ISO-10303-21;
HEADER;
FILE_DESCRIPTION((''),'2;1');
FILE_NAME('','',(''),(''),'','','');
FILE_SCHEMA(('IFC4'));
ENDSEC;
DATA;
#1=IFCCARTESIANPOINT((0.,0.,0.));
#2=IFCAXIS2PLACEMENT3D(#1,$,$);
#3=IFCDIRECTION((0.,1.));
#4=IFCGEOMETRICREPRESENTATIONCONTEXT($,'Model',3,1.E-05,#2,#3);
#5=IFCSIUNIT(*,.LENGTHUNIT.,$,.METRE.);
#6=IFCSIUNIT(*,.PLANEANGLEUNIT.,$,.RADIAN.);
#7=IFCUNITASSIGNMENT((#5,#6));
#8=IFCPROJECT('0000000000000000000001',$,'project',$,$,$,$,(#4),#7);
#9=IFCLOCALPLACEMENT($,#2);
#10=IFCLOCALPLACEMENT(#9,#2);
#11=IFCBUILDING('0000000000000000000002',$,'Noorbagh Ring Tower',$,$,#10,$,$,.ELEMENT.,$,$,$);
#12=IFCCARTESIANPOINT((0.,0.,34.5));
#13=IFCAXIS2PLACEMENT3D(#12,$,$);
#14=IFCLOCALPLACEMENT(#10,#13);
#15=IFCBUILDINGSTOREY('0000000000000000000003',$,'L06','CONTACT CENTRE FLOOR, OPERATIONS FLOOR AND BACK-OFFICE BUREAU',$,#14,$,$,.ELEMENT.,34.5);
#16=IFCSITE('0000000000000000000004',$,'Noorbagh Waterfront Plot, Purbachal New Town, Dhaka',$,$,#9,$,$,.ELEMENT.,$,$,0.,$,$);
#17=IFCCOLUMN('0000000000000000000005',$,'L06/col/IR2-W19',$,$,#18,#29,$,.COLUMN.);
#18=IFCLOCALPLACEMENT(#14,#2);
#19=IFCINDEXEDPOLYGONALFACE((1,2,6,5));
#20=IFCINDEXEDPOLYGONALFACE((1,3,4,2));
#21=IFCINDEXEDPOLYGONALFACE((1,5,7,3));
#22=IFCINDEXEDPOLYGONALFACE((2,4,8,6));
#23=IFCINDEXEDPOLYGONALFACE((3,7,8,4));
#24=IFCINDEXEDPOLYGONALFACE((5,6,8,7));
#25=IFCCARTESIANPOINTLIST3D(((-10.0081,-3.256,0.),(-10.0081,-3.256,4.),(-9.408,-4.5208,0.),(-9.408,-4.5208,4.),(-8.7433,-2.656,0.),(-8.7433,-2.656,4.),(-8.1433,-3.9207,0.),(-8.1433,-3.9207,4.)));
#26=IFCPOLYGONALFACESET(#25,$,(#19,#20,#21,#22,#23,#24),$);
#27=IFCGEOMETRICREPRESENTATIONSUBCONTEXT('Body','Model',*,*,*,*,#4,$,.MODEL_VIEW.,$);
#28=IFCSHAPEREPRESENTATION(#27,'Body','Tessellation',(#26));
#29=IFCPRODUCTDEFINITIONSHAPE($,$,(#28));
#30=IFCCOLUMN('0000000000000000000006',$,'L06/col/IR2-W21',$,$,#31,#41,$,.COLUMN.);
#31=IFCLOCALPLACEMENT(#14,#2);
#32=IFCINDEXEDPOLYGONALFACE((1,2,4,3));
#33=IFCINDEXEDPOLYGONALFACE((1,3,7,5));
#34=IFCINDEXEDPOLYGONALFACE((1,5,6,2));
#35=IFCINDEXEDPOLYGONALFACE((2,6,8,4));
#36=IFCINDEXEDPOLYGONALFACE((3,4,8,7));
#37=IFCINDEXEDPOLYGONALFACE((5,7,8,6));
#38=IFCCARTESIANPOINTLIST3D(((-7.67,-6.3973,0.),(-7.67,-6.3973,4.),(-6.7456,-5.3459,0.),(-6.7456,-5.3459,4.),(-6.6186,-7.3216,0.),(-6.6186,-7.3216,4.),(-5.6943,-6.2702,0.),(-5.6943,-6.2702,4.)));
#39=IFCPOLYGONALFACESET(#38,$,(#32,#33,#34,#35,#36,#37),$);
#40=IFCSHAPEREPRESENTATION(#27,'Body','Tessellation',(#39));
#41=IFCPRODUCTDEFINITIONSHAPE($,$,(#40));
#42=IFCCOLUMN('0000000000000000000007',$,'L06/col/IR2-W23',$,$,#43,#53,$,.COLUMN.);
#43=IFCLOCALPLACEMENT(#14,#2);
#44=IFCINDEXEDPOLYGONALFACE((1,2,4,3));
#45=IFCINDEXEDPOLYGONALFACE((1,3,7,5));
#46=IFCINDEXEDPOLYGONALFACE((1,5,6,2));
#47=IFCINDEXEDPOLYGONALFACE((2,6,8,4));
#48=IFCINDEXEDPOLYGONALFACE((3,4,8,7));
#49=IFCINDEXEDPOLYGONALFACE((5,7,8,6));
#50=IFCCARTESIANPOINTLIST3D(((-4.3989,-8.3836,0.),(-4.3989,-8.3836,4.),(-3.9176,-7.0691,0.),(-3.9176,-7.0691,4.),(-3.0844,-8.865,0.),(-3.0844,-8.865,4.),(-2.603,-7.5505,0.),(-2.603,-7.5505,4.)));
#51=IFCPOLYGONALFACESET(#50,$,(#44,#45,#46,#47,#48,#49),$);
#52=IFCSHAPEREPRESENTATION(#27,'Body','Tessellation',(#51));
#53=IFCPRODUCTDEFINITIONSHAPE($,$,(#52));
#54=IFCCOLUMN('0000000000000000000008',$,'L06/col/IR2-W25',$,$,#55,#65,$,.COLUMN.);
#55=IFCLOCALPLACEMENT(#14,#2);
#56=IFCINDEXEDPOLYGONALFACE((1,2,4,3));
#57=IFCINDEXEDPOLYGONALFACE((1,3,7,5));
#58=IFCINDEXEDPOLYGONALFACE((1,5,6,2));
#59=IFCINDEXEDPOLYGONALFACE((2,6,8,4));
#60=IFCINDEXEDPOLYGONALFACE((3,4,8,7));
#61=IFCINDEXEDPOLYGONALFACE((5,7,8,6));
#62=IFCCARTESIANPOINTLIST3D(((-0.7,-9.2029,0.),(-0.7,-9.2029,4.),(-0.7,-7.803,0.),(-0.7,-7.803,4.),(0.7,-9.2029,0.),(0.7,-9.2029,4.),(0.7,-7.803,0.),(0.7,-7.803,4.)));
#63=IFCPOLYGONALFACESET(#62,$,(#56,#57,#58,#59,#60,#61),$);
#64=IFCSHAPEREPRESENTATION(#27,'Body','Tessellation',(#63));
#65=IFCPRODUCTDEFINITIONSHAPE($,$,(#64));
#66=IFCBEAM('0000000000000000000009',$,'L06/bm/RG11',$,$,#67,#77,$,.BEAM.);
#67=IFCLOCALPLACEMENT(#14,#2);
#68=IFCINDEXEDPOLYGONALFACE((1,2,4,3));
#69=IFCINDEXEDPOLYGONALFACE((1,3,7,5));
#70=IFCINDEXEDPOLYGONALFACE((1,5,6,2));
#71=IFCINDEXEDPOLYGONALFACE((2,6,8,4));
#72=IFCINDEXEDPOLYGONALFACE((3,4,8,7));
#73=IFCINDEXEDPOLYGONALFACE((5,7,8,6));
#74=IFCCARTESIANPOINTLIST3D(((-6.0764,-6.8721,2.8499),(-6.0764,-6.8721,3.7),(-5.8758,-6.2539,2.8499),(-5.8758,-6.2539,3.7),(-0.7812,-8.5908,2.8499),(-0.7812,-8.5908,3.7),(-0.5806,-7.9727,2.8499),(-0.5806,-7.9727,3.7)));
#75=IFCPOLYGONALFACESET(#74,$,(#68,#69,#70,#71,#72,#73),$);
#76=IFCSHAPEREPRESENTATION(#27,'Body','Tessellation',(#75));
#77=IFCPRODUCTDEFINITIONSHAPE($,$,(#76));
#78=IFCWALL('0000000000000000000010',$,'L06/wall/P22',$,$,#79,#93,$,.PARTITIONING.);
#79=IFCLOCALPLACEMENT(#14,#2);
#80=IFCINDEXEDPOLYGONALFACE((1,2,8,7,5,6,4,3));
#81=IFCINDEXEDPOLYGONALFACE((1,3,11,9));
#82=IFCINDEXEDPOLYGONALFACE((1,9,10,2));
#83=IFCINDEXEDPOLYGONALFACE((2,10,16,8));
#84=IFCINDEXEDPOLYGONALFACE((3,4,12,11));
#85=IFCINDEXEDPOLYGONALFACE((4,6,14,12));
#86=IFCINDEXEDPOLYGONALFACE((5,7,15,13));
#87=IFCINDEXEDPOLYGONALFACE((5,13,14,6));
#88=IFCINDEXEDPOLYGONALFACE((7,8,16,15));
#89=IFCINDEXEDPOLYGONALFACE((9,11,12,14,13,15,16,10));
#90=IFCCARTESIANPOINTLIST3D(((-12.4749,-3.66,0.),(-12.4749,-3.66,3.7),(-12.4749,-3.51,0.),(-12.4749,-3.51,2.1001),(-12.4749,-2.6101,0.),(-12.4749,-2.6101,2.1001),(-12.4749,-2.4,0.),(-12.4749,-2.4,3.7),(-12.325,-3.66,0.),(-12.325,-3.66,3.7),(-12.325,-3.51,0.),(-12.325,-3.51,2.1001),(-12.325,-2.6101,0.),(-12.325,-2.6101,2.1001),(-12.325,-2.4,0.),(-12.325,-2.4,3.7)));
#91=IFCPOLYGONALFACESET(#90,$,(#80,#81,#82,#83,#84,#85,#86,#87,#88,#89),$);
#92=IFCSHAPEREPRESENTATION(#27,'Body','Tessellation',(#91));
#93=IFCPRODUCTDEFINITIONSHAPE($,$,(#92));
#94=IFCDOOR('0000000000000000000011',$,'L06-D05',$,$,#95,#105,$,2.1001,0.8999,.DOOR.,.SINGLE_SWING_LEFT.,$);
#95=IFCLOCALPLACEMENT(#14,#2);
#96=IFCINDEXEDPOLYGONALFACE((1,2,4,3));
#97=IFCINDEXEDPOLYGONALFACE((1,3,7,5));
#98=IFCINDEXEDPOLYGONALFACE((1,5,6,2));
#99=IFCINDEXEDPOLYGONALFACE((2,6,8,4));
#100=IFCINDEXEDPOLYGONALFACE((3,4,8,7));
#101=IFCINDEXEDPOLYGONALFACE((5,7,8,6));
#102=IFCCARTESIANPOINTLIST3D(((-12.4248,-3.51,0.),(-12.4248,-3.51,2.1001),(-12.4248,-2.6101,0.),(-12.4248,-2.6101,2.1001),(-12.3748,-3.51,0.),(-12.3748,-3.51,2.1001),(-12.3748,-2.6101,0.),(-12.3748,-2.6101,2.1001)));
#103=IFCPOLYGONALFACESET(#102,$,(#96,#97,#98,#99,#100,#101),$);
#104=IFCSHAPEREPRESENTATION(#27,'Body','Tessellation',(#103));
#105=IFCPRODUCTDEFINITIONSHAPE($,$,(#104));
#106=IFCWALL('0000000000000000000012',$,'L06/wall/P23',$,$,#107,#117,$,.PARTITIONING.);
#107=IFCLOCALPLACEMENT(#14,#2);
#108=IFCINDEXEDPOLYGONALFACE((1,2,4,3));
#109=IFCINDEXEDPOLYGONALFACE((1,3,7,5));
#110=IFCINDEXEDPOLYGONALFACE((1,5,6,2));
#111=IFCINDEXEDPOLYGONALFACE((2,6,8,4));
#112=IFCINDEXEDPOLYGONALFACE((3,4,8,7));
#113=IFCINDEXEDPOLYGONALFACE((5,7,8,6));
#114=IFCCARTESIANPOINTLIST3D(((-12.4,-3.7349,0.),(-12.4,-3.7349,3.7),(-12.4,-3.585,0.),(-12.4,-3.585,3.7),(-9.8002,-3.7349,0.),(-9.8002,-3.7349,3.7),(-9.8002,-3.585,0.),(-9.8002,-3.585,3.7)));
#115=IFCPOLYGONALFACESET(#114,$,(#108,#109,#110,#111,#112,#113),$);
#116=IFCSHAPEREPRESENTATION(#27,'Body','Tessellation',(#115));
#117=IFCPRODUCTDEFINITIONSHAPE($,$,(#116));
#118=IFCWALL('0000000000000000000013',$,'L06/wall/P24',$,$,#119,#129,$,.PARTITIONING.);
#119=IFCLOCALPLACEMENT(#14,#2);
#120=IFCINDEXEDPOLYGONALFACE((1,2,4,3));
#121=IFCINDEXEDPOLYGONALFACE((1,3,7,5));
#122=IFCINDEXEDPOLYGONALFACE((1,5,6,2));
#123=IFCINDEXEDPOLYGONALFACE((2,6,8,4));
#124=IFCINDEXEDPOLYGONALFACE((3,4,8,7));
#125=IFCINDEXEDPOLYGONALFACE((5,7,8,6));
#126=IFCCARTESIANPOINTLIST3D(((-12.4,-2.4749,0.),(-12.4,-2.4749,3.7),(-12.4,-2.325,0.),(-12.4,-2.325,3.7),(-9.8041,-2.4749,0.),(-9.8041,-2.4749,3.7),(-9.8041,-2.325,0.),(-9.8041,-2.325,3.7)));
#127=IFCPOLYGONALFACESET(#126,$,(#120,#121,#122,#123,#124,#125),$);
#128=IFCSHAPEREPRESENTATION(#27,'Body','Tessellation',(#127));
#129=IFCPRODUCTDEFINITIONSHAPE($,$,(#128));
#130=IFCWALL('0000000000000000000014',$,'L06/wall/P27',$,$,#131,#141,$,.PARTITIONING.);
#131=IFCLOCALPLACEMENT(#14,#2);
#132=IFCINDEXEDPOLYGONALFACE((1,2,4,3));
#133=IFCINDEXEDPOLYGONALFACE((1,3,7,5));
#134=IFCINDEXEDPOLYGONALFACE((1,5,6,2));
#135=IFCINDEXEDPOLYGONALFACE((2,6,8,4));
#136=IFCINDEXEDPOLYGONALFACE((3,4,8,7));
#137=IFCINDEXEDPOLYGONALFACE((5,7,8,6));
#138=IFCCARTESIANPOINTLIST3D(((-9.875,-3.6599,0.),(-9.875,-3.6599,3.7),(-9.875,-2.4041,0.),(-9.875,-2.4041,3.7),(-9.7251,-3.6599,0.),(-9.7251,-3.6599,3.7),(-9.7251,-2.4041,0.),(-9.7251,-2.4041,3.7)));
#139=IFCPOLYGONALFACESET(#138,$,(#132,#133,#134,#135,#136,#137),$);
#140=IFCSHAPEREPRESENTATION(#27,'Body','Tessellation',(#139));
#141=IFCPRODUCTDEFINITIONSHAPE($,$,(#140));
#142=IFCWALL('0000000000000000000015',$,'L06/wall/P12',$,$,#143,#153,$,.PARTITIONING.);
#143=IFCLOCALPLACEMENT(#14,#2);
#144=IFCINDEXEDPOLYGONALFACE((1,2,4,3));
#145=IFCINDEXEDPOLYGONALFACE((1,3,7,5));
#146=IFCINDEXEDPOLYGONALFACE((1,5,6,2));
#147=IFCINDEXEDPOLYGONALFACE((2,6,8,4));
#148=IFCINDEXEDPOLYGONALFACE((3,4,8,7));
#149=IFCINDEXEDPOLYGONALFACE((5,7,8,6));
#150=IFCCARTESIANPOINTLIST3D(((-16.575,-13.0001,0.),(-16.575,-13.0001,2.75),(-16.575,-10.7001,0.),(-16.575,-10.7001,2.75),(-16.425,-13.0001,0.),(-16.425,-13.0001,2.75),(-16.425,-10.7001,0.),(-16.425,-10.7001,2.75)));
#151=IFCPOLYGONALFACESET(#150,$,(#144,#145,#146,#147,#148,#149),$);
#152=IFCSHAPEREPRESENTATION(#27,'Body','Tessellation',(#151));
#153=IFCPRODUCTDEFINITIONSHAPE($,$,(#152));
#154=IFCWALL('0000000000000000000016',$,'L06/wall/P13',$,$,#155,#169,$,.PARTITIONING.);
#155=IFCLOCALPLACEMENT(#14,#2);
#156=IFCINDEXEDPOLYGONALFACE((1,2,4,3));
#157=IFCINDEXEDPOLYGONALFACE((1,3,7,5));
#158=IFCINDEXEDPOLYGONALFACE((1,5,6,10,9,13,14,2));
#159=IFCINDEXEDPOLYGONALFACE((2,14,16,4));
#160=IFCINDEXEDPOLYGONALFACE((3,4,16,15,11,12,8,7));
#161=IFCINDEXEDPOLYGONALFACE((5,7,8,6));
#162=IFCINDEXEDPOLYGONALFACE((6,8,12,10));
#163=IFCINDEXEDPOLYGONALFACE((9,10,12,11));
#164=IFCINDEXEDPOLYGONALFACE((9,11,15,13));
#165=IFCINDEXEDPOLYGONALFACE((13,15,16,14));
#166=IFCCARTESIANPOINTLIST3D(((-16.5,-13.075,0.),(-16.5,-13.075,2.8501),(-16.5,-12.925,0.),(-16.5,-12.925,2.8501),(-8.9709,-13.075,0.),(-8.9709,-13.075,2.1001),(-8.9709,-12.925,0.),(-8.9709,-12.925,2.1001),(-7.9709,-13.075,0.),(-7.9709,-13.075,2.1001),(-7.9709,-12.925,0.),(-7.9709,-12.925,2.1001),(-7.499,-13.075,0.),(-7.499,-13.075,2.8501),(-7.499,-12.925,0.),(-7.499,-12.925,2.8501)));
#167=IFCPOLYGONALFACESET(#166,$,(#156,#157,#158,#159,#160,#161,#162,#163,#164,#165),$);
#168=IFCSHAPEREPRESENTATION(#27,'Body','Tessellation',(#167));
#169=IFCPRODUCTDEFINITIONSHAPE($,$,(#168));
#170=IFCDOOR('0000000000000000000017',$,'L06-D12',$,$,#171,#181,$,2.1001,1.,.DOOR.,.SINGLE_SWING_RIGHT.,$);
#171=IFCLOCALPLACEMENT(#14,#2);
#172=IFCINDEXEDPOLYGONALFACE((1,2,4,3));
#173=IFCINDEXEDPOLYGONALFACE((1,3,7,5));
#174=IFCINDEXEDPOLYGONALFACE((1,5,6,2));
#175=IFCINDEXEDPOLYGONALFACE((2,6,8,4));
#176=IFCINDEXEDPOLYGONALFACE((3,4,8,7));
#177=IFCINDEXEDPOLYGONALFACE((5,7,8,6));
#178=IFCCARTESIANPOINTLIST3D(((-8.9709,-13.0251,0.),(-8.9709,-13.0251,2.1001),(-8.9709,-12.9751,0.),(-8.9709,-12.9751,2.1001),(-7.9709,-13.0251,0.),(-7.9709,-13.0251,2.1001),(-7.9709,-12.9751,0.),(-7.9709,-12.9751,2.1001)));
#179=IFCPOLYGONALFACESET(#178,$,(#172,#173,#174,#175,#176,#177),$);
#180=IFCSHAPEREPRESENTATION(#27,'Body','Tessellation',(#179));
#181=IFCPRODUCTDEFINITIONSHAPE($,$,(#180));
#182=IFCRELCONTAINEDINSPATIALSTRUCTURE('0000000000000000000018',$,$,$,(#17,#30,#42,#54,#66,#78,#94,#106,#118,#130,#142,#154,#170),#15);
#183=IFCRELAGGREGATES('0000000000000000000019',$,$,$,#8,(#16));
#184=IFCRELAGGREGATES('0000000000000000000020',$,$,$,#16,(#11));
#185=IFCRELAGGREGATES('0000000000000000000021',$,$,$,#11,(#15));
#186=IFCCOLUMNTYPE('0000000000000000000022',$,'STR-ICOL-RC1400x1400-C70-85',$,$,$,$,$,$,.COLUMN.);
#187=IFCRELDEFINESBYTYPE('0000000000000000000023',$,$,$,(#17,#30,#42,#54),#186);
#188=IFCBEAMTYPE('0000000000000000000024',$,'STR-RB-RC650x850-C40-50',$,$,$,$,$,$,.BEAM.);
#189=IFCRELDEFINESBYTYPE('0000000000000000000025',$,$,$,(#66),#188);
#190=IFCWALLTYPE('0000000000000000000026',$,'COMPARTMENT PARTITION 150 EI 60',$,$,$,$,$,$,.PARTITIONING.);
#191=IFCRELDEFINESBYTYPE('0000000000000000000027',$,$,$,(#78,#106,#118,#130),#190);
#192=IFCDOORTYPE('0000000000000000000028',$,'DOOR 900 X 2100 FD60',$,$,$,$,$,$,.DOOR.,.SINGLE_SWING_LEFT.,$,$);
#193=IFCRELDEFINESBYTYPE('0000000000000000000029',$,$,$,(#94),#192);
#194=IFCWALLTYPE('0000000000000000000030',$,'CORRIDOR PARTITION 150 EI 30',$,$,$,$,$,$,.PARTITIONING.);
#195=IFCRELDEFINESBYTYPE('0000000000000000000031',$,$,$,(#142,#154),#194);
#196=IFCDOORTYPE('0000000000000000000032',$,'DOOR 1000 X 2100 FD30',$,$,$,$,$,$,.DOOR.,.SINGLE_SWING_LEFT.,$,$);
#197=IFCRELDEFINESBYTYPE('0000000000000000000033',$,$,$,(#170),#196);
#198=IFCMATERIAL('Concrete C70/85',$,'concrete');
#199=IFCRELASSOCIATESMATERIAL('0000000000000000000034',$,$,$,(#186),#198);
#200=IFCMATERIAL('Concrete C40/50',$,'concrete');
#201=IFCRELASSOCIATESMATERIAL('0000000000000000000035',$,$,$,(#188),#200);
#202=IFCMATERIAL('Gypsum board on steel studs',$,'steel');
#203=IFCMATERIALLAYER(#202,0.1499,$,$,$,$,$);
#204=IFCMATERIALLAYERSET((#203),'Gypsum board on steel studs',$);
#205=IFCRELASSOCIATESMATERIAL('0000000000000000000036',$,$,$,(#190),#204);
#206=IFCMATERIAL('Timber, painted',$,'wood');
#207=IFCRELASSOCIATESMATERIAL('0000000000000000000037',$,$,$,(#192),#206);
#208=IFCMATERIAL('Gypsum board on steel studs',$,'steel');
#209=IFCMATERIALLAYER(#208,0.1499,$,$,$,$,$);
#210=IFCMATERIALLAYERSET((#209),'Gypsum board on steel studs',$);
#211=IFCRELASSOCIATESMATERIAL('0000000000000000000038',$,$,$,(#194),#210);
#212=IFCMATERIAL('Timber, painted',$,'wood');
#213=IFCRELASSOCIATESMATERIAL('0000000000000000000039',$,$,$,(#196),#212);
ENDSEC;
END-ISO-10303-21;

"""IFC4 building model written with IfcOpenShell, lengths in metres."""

from ifc_helpers import new_model, si_unit, direction, frame, frame_2d, origin, origin_2d, place, context, subcontext, project, spatial, rectangle, extrude, material, layer, layer_set, material_profile, profile_set, type_object, element, fill, save


model = new_model("IFC4")

# Units and contexts
model_context = context("Model", 3, precision=1e-05, world=origin(), true_north=direction((0.0, 1.0)))
body_context = subcontext(model_context, "Body", "Model", "MODEL_VIEW")
ifc_project = project(units=[si_unit("LENGTHUNIT", "METRE"), si_unit("PLANEANGLEUNIT", "RADIAN")], contexts=[model_context])

# Site, building, storey
site_placement = place(None, origin())
site = spatial("IfcSite", under=ifc_project, at=site_placement, Name="Noorbagh Waterfront Plot, Purbachal New Town, Dhaka", CompositionType="ELEMENT", RefElevation=0.0)
building_placement = place(site_placement, origin())
building = spatial("IfcBuilding", under=site, at=building_placement, Name="Noorbagh Ring Tower", CompositionType="ELEMENT")
storey_placement = place(building_placement, frame((0.0, 0.0, 34.5)))
storey = spatial("IfcBuildingStorey", under=building, at=storey_placement, Name="L06", Description="CONTACT CENTRE FLOOR, OPERATIONS FLOOR AND BACK-OFFICE BUREAU", CompositionType="ELEMENT", Elevation=34.5)

# Columns
ifc_material_1 = material(Name="Concrete C70/85", Category="concrete")
ifc_material_profile_1 = material_profile(ifc_material_1, rectangle(XDim=1.3999, YDim=1.3999, at=origin_2d()), Name="RC1400x1400")
ifc_profile_set_1 = profile_set([ifc_material_profile_1], Name="Concrete C70/85")
column_type = type_object("IfcColumnType", Name="STR-ICOL-RC1400x1400-C70-85", PredefinedType="COLUMN", material=ifc_profile_set_1)
for number, where, z_axis, x_axis, name in (
    (1, (-9.0757, -3.5884, 0.0), (0.0, 0.0, 1.0), (0.428667, -0.903463, 0.0), "L06/col/IR2-W19"),
    (2, (-6.6821, -6.3337, 0.0), (0.0, 0.0, 1.0), (0.751022, -0.660277, 0.0), "L06/col/IR2-W21"),
    (3, (-3.501, -7.967, 0.0), (0.0, 0.0, 1.0), (0.93902, -0.343864, 0.0), "L06/col/IR2-W23"),
    (4, (0.0, -8.5029, 0.0), (0.0, 0.0, 1.0), (1.0, 0.0, 0.0), "L06/col/IR2-W25"),
):
    element("IfcColumn", number, at=place(storey_placement, frame(where, z_axis=z_axis, x_axis=x_axis)), inside=storey, type_object=column_type, Name=name, PredefinedType="COLUMN", context=body_context, shape_type="SweptSolid", body=[
        extrude(rectangle(XDim=1.3999, YDim=1.3999, at=origin_2d()), origin(), (0.0, 0.0, 1.0), 4.0),
    ])

# Beam
ifc_material_2 = material(Name="Concrete C40/50", Category="concrete")
ifc_material_profile_2 = material_profile(ifc_material_2, rectangle(XDim=0.6499, YDim=0.8501, at=origin_2d()), Name="RC650x850")
ifc_profile_set_2 = profile_set([ifc_material_profile_2], Name="Concrete C40/50")
beam_type = type_object("IfcBeamType", Name="STR-RB-RC650x850-C40-50", PredefinedType="BEAM", material=ifc_profile_set_2)
beam_placement = place(storey_placement, frame((-5.9761, -6.563, 3.2749), z_axis=(0.951149, -0.308732, 0.0), x_axis=(0.308732, 0.951149, 0.0)))
element("IfcBeam", 5, at=beam_placement, inside=storey, type_object=beam_type, Name="L06/bm/RG11", PredefinedType="BEAM", context=body_context, shape_type="SweptSolid", body=[
    extrude(rectangle(XDim=0.6499, YDim=0.8501, at=origin_2d()), origin(), (0.0, 0.0, 1.0), 5.5671),
])

# Wall, opening, door
ifc_material_3 = material(Name="Gypsum board on steel studs", Category="steel")
ifc_layer_1 = layer(ifc_material_3, 0.1499)
ifc_layer_set_1 = layer_set([ifc_layer_1], Name="Gypsum board on steel studs")
wall_type_1 = type_object("IfcWallType", Name="COMPARTMENT PARTITION 150 EI 60", PredefinedType="PARTITIONING", material=ifc_layer_set_1)
wall_1_placement = place(storey_placement, frame((-12.3999, -3.6599, 0.0), z_axis=(0.0, 0.0, 1.0), x_axis=(0.0, 1.0, 0.0)))
wall_1 = element("IfcWall", 6, at=wall_1_placement, inside=storey, type_object=wall_type_1, Name="L06/wall/P22", PredefinedType="PARTITIONING", context=body_context, shape_type="SweptSolid", body=[
    extrude(rectangle(XDim=1.26, YDim=0.1499, at=frame_2d((0.6299, 0.0))), origin(), (0.0, 0.0, 1.0), 3.7),
])
opening_1_placement = place(wall_1_placement, frame((0.1499, 0.0, 0.0)))
opening_1 = element("IfcOpeningElement", 7, at=opening_1_placement, cuts=wall_1, PredefinedType="OPENING", context=body_context, shape_type="SweptSolid", body=[
    extrude(rectangle(XDim=0.8999, YDim=2.1001, at=frame_2d((0.45, 1.05))), frame((0.0, 0.085, 0.0), z_axis=(0.0, -1.0, 0.0), x_axis=(1.0, 0.0, 0.0)), (0.0, 0.0, 1.0), 0.1699),
])
ifc_material_4 = material(Name="Timber, painted", Category="wood")
door_type_1 = type_object("IfcDoorType", Name="DOOR 900 X 2100 FD60", OperationType="SINGLE_SWING_LEFT", PredefinedType="DOOR", material=ifc_material_4)
door_1_placement = place(opening_1_placement, origin())
door_1 = element("IfcDoor", 8, at=door_1_placement, inside=storey, type_object=door_type_1, Name="L06-D05", OperationType="SINGLE_SWING_LEFT", OverallHeight=2.1001, OverallWidth=0.8999, PredefinedType="DOOR", context=body_context, shape_type="SweptSolid", body=[
    extrude(rectangle(XDim=0.8999, YDim=2.1001, at=frame_2d((0.45, 1.05))), frame((0.0, 0.0249, 0.0), z_axis=(0.0, -1.0, 0.0), x_axis=(1.0, 0.0, 0.0)), (0.0, 0.0, 1.0), 0.05),
])
fill(opening_1, door_1)

# Walls
wall_2_placement = place(storey_placement, frame((-12.3999, -3.6599, 0.0), z_axis=(0.0, 0.0, 1.0), x_axis=(1.0, 0.0, 0.0)))
element("IfcWall", 9, at=wall_2_placement, inside=storey, type_object=wall_type_1, Name="L06/wall/P23", PredefinedType="PARTITIONING", context=body_context, shape_type="SweptSolid", body=[
    extrude(rectangle(XDim=2.5999, YDim=0.1499, at=frame_2d((1.2998, 0.0))), origin(), (0.0, 0.0, 1.0), 3.7),
])
wall_3_placement = place(storey_placement, frame((-12.3999, -2.3999, 0.0), z_axis=(0.0, 0.0, 1.0), x_axis=(1.0, 0.0, 0.0)))
element("IfcWall", 10, at=wall_3_placement, inside=storey, type_object=wall_type_1, Name="L06/wall/P24", PredefinedType="PARTITIONING", context=body_context, shape_type="SweptSolid", body=[
    extrude(rectangle(XDim=2.5959, YDim=0.1499, at=frame_2d((1.2979, 0.0))), origin(), (0.0, 0.0, 1.0), 3.7),
])
wall_4_placement = place(storey_placement, frame((-9.8, -3.6599, 0.0), z_axis=(0.0, 0.0, 1.0), x_axis=(0.0, 1.0, 0.0)))
element("IfcWall", 11, at=wall_4_placement, inside=storey, type_object=wall_type_1, Name="L06/wall/P27", PredefinedType="PARTITIONING", context=body_context, shape_type="SweptSolid", body=[
    extrude(rectangle(XDim=1.2559, YDim=0.1499, at=frame_2d((0.6279, 0.0))), origin(), (0.0, 0.0, 1.0), 3.7),
])
ifc_material_5 = material(Name="Gypsum board on steel studs", Category="steel")
ifc_layer_2 = layer(ifc_material_5, 0.1499)
ifc_layer_set_2 = layer_set([ifc_layer_2], Name="Gypsum board on steel studs")
wall_type_2 = type_object("IfcWallType", Name="CORRIDOR PARTITION 150 EI 30", PredefinedType="PARTITIONING", material=ifc_layer_set_2)
wall_5_placement = place(storey_placement, frame((-16.5, -13.0, 0.0), z_axis=(0.0, 0.0, 1.0), x_axis=(0.0, 1.0, 0.0)))
element("IfcWall", 12, at=wall_5_placement, inside=storey, type_object=wall_type_2, Name="L06/wall/P12", PredefinedType="PARTITIONING", context=body_context, shape_type="SweptSolid", body=[
    extrude(rectangle(XDim=2.3, YDim=0.1499, at=frame_2d((1.1499, 0.0))), origin(), (0.0, 0.0, 1.0), 2.75),
])

# Wall, opening, door
wall_6_placement = place(storey_placement, frame((-16.5, -13.0, 0.0), z_axis=(0.0, 0.0, 1.0), x_axis=(1.0, 0.0, 0.0)))
wall_6 = element("IfcWall", 13, at=wall_6_placement, inside=storey, type_object=wall_type_2, Name="L06/wall/P13", PredefinedType="PARTITIONING", context=body_context, shape_type="SweptSolid", body=[
    extrude(rectangle(XDim=9.001, YDim=0.1499, at=frame_2d((4.5005, 0.0))), origin(), (0.0, 0.0, 1.0), 2.8501),
])
opening_2_placement = place(wall_6_placement, frame((7.5291, 0.0, 0.0)))
opening_2 = element("IfcOpeningElement", 14, at=opening_2_placement, cuts=wall_6, PredefinedType="OPENING", context=body_context, shape_type="SweptSolid", body=[
    extrude(rectangle(XDim=1.0, YDim=2.1001, at=frame_2d((0.5, 1.05))), frame((0.0, 0.085, 0.0), z_axis=(0.0, -1.0, 0.0), x_axis=(1.0, 0.0, 0.0)), (0.0, 0.0, 1.0), 0.1699),
])
ifc_material_6 = material(Name="Timber, painted", Category="wood")
door_type_2 = type_object("IfcDoorType", Name="DOOR 1000 X 2100 FD30", OperationType="SINGLE_SWING_LEFT", PredefinedType="DOOR", material=ifc_material_6)
door_2_placement = place(opening_2_placement, origin())
door_2 = element("IfcDoor", 15, at=door_2_placement, inside=storey, type_object=door_type_2, Name="L06-D12", OperationType="SINGLE_SWING_RIGHT", OverallHeight=2.1001, OverallWidth=1.0, PredefinedType="DOOR", context=body_context, shape_type="SweptSolid", body=[
    extrude(rectangle(XDim=1.0, YDim=2.1001, at=frame_2d((0.5, 1.05))), frame((0.0, 0.0249, 0.0), z_axis=(0.0, -1.0, 0.0), x_axis=(1.0, 0.0, 0.0)), (0.0, 0.0, 1.0), 0.05),
])
fill(opening_2, door_2)

save(model, "model.ifc")
